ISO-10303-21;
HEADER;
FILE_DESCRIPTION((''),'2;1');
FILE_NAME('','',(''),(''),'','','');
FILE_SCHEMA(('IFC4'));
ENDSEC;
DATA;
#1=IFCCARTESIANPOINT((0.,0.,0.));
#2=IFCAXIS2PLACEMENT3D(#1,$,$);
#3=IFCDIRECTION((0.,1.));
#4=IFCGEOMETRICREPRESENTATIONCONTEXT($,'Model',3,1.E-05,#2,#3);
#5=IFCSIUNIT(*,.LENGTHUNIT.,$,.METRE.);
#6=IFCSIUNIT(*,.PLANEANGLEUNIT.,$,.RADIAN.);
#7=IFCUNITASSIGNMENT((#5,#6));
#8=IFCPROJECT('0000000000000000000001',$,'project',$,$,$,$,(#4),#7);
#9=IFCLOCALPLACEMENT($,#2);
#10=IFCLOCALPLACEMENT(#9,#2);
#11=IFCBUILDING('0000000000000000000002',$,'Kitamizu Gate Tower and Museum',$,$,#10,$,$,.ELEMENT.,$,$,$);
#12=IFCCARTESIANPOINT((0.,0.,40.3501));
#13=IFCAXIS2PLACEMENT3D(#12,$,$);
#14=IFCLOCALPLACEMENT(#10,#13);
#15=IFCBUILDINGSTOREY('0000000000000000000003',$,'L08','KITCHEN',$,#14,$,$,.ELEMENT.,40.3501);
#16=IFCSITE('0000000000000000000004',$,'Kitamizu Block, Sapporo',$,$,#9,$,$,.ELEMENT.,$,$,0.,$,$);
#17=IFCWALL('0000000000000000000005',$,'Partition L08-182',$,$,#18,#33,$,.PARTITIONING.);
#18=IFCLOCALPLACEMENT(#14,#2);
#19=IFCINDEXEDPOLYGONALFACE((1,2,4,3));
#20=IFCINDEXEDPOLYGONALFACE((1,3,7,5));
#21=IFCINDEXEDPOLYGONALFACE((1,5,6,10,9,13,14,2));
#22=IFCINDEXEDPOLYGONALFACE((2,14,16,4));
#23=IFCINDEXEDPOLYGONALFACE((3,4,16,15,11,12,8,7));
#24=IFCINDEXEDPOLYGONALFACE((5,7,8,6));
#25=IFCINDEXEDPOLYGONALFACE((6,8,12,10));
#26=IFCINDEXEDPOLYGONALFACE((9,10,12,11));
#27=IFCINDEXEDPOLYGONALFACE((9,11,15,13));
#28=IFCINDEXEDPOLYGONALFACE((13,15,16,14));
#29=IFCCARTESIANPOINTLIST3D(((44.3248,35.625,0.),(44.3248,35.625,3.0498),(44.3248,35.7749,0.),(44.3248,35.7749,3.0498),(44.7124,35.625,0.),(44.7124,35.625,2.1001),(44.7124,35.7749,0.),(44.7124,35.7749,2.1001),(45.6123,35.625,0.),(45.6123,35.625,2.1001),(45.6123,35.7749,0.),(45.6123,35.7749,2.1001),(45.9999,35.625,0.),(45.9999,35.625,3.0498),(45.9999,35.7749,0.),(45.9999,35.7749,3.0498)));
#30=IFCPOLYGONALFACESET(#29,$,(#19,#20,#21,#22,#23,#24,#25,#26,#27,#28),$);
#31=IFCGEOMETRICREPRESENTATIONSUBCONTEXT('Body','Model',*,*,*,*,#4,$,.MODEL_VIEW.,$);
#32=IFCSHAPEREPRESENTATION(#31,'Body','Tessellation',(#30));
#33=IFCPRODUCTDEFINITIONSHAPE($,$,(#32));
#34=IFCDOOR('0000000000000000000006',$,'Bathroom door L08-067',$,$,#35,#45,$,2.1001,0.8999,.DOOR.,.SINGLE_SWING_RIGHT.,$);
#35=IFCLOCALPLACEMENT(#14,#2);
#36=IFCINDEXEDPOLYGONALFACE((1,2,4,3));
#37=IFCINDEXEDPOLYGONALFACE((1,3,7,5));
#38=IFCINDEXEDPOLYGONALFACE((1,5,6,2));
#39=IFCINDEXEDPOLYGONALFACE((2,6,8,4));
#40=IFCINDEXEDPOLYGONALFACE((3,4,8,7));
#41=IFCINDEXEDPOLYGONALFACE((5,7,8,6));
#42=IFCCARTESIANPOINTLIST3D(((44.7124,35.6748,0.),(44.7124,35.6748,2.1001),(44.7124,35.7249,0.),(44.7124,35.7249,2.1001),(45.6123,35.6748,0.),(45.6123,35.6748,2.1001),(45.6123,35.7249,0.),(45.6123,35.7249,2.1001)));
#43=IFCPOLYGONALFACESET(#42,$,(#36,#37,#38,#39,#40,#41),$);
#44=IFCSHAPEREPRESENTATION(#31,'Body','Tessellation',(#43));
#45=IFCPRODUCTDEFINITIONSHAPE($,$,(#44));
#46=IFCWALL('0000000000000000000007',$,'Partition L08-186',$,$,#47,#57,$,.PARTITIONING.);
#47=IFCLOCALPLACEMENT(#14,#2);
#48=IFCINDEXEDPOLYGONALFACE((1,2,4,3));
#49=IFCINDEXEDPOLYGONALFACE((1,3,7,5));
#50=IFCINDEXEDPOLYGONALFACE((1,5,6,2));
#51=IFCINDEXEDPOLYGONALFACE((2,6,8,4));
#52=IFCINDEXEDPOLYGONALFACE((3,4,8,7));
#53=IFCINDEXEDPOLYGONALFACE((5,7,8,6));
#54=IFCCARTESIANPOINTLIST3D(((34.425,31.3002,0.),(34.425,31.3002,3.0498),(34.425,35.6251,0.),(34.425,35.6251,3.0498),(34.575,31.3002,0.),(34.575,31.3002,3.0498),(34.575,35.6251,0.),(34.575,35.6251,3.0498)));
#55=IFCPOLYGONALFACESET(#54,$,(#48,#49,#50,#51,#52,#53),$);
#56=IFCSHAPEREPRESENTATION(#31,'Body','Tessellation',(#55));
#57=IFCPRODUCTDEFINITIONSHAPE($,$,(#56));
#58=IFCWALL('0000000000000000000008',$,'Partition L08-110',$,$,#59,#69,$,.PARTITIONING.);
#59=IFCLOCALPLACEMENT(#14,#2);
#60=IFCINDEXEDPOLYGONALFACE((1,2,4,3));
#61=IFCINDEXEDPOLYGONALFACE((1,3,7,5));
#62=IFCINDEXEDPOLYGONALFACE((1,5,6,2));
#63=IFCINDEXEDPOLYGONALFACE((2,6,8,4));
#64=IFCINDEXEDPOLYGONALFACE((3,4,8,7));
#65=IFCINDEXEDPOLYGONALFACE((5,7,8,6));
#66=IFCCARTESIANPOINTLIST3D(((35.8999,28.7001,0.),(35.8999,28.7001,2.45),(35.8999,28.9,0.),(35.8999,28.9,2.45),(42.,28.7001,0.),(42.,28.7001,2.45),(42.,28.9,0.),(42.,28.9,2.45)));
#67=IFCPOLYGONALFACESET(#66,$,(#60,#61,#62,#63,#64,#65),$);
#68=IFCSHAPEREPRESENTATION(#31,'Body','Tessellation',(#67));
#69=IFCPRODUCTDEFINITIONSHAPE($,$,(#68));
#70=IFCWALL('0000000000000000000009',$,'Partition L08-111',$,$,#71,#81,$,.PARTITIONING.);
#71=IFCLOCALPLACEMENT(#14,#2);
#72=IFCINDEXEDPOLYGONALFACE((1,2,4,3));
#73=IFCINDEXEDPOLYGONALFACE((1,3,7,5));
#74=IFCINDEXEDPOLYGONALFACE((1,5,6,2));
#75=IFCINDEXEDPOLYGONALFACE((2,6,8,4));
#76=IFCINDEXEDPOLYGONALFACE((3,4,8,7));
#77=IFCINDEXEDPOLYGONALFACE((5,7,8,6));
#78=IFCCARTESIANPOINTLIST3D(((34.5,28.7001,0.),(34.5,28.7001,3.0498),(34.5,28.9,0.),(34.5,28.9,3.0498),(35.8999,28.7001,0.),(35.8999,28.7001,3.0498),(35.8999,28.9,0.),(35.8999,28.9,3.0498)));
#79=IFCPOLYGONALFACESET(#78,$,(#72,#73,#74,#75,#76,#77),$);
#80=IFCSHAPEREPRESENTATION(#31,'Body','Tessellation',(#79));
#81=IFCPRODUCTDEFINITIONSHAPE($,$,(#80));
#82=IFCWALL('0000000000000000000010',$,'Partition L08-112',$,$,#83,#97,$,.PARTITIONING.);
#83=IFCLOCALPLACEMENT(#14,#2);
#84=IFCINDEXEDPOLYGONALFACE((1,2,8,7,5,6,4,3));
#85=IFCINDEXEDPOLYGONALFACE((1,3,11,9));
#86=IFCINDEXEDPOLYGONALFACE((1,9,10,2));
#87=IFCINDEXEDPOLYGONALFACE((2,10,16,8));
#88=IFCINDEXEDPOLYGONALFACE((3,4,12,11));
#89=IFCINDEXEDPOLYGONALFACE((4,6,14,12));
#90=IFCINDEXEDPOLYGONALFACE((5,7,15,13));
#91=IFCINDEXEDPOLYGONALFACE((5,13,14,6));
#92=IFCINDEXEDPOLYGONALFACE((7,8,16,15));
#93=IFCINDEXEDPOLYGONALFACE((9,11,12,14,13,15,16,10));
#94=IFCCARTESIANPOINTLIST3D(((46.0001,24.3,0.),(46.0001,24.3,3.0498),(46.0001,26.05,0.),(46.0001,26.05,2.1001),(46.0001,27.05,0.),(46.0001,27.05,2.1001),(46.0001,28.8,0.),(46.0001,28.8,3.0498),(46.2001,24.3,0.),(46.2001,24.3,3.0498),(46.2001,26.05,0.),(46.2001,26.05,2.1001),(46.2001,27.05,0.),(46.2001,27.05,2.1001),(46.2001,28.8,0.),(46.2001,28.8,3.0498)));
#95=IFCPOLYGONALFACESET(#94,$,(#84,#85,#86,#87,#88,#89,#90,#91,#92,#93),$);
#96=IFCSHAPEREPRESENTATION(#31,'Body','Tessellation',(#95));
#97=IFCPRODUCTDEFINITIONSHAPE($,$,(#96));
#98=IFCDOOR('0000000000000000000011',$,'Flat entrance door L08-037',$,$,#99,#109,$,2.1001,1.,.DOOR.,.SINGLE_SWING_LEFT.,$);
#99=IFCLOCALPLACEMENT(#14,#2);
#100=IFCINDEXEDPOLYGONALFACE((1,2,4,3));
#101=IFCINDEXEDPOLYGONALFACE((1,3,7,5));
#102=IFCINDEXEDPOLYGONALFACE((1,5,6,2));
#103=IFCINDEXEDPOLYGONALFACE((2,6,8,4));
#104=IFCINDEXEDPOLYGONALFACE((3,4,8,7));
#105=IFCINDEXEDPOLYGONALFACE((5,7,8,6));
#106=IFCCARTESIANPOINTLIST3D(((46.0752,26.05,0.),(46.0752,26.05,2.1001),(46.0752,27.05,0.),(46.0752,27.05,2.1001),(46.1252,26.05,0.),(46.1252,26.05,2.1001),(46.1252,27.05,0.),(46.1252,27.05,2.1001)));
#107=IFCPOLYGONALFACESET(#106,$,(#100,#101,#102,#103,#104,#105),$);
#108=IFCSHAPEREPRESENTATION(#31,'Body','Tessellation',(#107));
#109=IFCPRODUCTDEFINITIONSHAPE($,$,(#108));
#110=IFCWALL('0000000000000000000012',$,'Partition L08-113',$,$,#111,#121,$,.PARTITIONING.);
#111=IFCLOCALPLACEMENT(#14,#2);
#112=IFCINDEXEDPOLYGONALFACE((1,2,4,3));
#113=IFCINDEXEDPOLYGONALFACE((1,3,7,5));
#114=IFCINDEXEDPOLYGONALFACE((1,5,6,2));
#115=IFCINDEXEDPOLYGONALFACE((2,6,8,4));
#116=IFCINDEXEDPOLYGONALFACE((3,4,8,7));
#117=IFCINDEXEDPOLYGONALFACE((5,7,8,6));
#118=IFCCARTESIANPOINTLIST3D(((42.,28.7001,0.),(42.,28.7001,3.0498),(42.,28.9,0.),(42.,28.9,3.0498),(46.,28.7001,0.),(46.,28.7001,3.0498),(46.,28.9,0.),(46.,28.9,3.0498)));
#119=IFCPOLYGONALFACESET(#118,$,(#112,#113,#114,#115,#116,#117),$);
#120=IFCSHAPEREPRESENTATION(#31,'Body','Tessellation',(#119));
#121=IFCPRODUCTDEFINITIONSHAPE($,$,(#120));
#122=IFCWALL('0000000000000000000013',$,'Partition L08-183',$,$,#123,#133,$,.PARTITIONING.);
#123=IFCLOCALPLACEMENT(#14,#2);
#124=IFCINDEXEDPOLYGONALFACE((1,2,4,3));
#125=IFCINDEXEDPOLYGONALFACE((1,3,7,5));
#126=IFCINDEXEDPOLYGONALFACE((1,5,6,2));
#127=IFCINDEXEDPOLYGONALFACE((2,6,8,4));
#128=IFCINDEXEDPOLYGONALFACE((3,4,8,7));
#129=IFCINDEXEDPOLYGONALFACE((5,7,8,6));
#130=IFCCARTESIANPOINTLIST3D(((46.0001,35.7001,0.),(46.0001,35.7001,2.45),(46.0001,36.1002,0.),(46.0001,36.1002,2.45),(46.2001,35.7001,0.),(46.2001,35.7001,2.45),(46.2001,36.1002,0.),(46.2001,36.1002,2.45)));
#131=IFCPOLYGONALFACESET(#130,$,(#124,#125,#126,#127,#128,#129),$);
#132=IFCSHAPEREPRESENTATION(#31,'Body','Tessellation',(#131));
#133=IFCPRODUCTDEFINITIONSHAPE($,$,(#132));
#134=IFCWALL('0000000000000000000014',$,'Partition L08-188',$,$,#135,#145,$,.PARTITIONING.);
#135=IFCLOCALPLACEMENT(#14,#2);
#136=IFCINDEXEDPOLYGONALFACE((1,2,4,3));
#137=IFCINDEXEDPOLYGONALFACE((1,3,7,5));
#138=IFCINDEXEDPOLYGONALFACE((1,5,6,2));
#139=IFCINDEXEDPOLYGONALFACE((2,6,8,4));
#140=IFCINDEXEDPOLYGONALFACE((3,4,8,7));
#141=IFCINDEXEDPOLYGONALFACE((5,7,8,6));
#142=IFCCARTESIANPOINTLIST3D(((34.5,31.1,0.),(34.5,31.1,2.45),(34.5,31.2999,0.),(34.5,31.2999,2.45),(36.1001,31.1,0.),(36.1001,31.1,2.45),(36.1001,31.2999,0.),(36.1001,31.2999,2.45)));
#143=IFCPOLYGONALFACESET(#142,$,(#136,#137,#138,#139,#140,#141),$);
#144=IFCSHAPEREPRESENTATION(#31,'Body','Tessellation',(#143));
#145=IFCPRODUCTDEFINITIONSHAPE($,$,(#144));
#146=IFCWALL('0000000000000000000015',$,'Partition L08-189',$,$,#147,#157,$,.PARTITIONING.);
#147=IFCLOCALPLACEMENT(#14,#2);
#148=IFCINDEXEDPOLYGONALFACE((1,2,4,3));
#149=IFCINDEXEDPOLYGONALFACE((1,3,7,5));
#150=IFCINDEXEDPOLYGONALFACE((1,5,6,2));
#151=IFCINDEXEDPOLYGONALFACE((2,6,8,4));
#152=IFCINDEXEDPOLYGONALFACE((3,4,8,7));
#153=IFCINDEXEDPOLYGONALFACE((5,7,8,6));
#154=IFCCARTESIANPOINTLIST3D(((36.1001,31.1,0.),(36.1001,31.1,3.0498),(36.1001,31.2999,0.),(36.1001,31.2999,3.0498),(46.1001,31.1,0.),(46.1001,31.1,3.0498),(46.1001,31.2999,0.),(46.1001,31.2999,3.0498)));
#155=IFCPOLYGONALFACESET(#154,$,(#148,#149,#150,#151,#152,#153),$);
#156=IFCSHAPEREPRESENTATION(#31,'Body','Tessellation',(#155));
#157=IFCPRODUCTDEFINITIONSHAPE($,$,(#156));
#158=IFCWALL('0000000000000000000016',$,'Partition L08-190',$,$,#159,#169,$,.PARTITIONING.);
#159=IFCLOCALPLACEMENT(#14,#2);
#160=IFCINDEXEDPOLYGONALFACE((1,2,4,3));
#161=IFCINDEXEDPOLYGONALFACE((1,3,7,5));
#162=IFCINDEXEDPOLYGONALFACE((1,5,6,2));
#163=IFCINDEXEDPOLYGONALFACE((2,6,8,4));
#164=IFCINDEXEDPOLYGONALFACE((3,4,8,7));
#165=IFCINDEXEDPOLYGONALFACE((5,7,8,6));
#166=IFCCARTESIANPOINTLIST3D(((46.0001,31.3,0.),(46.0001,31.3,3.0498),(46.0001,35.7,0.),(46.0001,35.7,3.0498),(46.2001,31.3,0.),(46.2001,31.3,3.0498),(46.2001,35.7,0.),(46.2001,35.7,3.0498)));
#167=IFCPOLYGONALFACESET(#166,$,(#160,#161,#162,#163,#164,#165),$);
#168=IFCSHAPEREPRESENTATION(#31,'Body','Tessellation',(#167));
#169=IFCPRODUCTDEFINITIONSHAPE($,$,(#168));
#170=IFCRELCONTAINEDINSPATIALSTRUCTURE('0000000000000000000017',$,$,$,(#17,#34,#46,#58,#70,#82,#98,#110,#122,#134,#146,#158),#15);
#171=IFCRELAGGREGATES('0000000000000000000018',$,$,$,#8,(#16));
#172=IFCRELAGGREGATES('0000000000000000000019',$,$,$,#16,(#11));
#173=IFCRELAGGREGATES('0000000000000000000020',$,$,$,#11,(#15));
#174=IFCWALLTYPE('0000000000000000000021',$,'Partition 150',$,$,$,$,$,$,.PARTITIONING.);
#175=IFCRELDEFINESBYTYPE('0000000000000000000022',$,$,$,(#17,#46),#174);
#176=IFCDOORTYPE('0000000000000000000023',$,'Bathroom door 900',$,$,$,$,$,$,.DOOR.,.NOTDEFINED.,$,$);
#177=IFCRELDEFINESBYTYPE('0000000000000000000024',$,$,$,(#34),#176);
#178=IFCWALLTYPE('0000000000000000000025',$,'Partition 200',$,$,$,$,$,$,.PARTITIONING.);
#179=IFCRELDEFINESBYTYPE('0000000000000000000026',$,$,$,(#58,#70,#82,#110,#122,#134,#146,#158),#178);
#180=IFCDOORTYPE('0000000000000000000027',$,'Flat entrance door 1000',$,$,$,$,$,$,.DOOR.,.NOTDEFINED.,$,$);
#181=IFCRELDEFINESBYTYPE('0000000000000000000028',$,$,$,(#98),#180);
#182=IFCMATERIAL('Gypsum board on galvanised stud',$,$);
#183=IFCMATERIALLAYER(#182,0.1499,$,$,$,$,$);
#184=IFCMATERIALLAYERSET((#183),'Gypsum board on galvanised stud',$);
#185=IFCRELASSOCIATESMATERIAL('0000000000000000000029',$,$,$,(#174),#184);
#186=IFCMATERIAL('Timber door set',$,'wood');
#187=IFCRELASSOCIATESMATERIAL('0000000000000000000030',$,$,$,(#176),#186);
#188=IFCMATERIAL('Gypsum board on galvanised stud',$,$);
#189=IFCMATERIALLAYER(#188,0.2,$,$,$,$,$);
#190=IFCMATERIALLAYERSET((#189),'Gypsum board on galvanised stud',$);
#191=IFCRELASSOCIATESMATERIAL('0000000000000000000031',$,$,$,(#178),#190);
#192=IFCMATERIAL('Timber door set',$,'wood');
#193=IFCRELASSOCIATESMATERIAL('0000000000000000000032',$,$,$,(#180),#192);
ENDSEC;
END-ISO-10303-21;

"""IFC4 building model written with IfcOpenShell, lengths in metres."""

from ifc_helpers import new_model, si_unit, direction, frame, frame_2d, origin, place, context, subcontext, project, spatial, rectangle, extrude, material, layer, layer_set, type_object, element, fill, save


model = new_model("IFC4")

# Units and contexts
model_context = context("Model", 3, precision=1e-05, world=origin(), true_north=direction((0.0, 1.0)))
body_context = subcontext(model_context, "Body", "Model", "MODEL_VIEW")
ifc_project = project(units=[si_unit("LENGTHUNIT", "METRE"), si_unit("PLANEANGLEUNIT", "RADIAN")], contexts=[model_context])

# Site, building, storey
site_placement = place(None, origin())
site = spatial("IfcSite", under=ifc_project, at=site_placement, Name="Kitamizu Block, Sapporo", CompositionType="ELEMENT", RefElevation=0.0)
building_placement = place(site_placement, origin())
building = spatial("IfcBuilding", under=site, at=building_placement, Name="Kitamizu Gate Tower and Museum", CompositionType="ELEMENT")
storey_placement = place(building_placement, frame((0.0, 0.0, 40.3501)))
storey = spatial("IfcBuildingStorey", under=building, at=storey_placement, Name="L08", Description="KITCHEN", CompositionType="ELEMENT", Elevation=40.3501)

# Shared definitions
ifc_material_1 = material(Name="Gypsum board on galvanised stud")
ifc_layer_1 = layer(ifc_material_1, 0.1499)
ifc_layer_set_1 = layer_set([ifc_layer_1], Name="Gypsum board on galvanised stud")
wall_type_1 = type_object("IfcWallType", Name="Partition 150", PredefinedType="PARTITIONING", material=ifc_layer_set_1)

# Wall, opening, door
wall_1_placement = place(storey_placement, frame((44.325, 35.7, 0.0), z_axis=(0.0, 0.0, 1.0), x_axis=(1.0, 0.0, 0.0)))
wall_1 = element("IfcWall", 1, at=wall_1_placement, inside=storey, type_object=wall_type_1, Name="Partition L08-182", PredefinedType="PARTITIONING", context=body_context, shape_type="SweptSolid", body=[
    extrude(rectangle(XDim=1.675, YDim=0.1499, at=frame_2d((0.8374, 0.0))), origin(), (0.0, 0.0, 1.0), 3.0498),
])
opening_1_placement = place(wall_1_placement, frame((0.3875, 0.0, 0.0)))
opening_1 = element("IfcOpeningElement", 2, at=opening_1_placement, cuts=wall_1, PredefinedType="OPENING", context=body_context, shape_type="SweptSolid", body=[
    extrude(rectangle(XDim=0.8999, YDim=2.1001, at=frame_2d((0.45, 1.05))), frame((0.0, 0.085, 0.0), z_axis=(0.0, -1.0, 0.0), x_axis=(1.0, 0.0, 0.0)), (0.0, 0.0, 1.0), 0.1699),
])
ifc_material_2 = material(Name="Timber door set", Category="wood")
door_type_1 = type_object("IfcDoorType", Name="Bathroom door 900", OperationType="NOTDEFINED", PredefinedType="DOOR", material=ifc_material_2)
door_1_placement = place(opening_1_placement, origin())
door_1 = element("IfcDoor", 3, at=door_1_placement, inside=storey, type_object=door_type_1, Name="Bathroom door L08-067", OperationType="SINGLE_SWING_RIGHT", OverallHeight=2.1001, OverallWidth=0.8999, PredefinedType="DOOR", context=body_context, shape_type="SweptSolid", body=[
    extrude(rectangle(XDim=0.8999, YDim=2.1001, at=frame_2d((0.45, 1.05))), frame((0.0, 0.0249, 0.0), z_axis=(0.0, -1.0, 0.0), x_axis=(1.0, 0.0, 0.0)), (0.0, 0.0, 1.0), 0.05),
])
fill(opening_1, door_1)

# Walls
wall_2_placement = place(storey_placement, frame((34.5, 31.3, 0.0), z_axis=(0.0, 0.0, 1.0), x_axis=(0.0, 1.0, 0.0)))
element("IfcWall", 4, at=wall_2_placement, inside=storey, type_object=wall_type_1, Name="Partition L08-186", PredefinedType="PARTITIONING", context=body_context, shape_type="SweptSolid", body=[
    extrude(rectangle(XDim=4.325, YDim=0.1499, at=frame_2d((2.1626, 0.0))), origin(), (0.0, 0.0, 1.0), 3.0498),
])
ifc_material_3 = material(Name="Gypsum board on galvanised stud")
ifc_layer_2 = layer(ifc_material_3, 0.2)
ifc_layer_set_2 = layer_set([ifc_layer_2], Name="Gypsum board on galvanised stud")
wall_type_2 = type_object("IfcWallType", Name="Partition 200", PredefinedType="PARTITIONING", material=ifc_layer_set_2)
wall_3_placement = place(storey_placement, frame((42.0, 28.8, 0.0), z_axis=(0.0, 0.0, 1.0), x_axis=(-1.0, 0.0, 0.0)))
element("IfcWall", 5, at=wall_3_placement, inside=storey, type_object=wall_type_2, Name="Partition L08-110", PredefinedType="PARTITIONING", context=body_context, shape_type="SweptSolid", body=[
    extrude(rectangle(XDim=6.1001, YDim=0.2, at=frame_2d((3.05, 0.0))), origin(), (0.0, 0.0, 1.0), 2.45),
])
wall_4_placement = place(storey_placement, frame((35.8999, 28.8, 0.0), z_axis=(0.0, 0.0, 1.0), x_axis=(-1.0, 0.0, 0.0)))
element("IfcWall", 6, at=wall_4_placement, inside=storey, type_object=wall_type_2, Name="Partition L08-111", PredefinedType="PARTITIONING", context=body_context, shape_type="SweptSolid", body=[
    extrude(rectangle(XDim=1.3999, YDim=0.2, at=frame_2d((0.7, 0.0))), origin(), (0.0, 0.0, 1.0), 3.0498),
])

# Wall, opening, door
wall_5_placement = place(storey_placement, frame((46.1001, 24.3, 0.0), z_axis=(0.0, 0.0, 1.0), x_axis=(0.0, 1.0, 0.0)))
wall_5 = element("IfcWall", 7, at=wall_5_placement, inside=storey, type_object=wall_type_2, Name="Partition L08-112", PredefinedType="PARTITIONING", context=body_context, shape_type="SweptSolid", body=[
    extrude(rectangle(XDim=4.5, YDim=0.2, at=frame_2d((2.25, 0.0))), origin(), (0.0, 0.0, 1.0), 3.0498),
])
opening_2_placement = place(wall_5_placement, frame((1.75, 0.0, 0.0)))
opening_2 = element("IfcOpeningElement", 8, at=opening_2_placement, cuts=wall_5, PredefinedType="OPENING", context=body_context, shape_type="SweptSolid", body=[
    extrude(rectangle(XDim=1.0, YDim=2.1001, at=frame_2d((0.5, 1.05))), frame((0.0, 0.1099, 0.0), z_axis=(0.0, -1.0, 0.0), x_axis=(1.0, 0.0, 0.0)), (0.0, 0.0, 1.0), 0.22),
])
ifc_material_4 = material(Name="Timber door set", Category="wood")
door_type_2 = type_object("IfcDoorType", Name="Flat entrance door 1000", OperationType="NOTDEFINED", PredefinedType="DOOR", material=ifc_material_4)
door_2_placement = place(opening_2_placement, origin())
door_2 = element("IfcDoor", 9, at=door_2_placement, inside=storey, type_object=door_type_2, Name="Flat entrance door L08-037", OperationType="SINGLE_SWING_LEFT", OverallHeight=2.1001, OverallWidth=1.0, PredefinedType="DOOR", context=body_context, shape_type="SweptSolid", body=[
    extrude(rectangle(XDim=1.0, YDim=2.1001, at=frame_2d((0.5, 1.05))), frame((0.0, 0.0249, 0.0), z_axis=(0.0, -1.0, 0.0), x_axis=(1.0, 0.0, 0.0)), (0.0, 0.0, 1.0), 0.05),
])
fill(opening_2, door_2)

# Walls
wall_6_placement = place(storey_placement, frame((46.0, 28.8, 0.0), z_axis=(0.0, 0.0, 1.0), x_axis=(-1.0, 0.0, 0.0)))
element("IfcWall", 10, at=wall_6_placement, inside=storey, type_object=wall_type_2, Name="Partition L08-113", PredefinedType="PARTITIONING", context=body_context, shape_type="SweptSolid", body=[
    extrude(rectangle(XDim=4.0, YDim=0.2, at=frame_2d((2.0, 0.0))), origin(), (0.0, 0.0, 1.0), 3.0498),
])
wall_7_placement = place(storey_placement, frame((46.1001, 35.7, 0.0), z_axis=(0.0, 0.0, 1.0), x_axis=(0.0, 1.0, 0.0)))
element("IfcWall", 11, at=wall_7_placement, inside=storey, type_object=wall_type_2, Name="Partition L08-183", PredefinedType="PARTITIONING", context=body_context, shape_type="SweptSolid", body=[
    extrude(rectangle(XDim=0.4001, YDim=0.2, at=frame_2d((0.2002, 0.0))), origin(), (0.0, 0.0, 1.0), 2.45),
])
wall_8_placement = place(storey_placement, frame((34.5, 31.2, 0.0), z_axis=(0.0, 0.0, 1.0), x_axis=(1.0, 0.0, 0.0)))
element("IfcWall", 12, at=wall_8_placement, inside=storey, type_object=wall_type_2, Name="Partition L08-188", PredefinedType="PARTITIONING", context=body_context, shape_type="SweptSolid", body=[
    extrude(rectangle(XDim=1.6001, YDim=0.2, at=frame_2d((0.8, 0.0))), origin(), (0.0, 0.0, 1.0), 2.45),
])
wall_9_placement = place(storey_placement, frame((36.1001, 31.2, 0.0), z_axis=(0.0, 0.0, 1.0), x_axis=(1.0, 0.0, 0.0)))
element("IfcWall", 13, at=wall_9_placement, inside=storey, type_object=wall_type_2, Name="Partition L08-189", PredefinedType="PARTITIONING", context=body_context, shape_type="SweptSolid", body=[
    extrude(rectangle(XDim=10.0, YDim=0.2, at=frame_2d((5.0, 0.0))), origin(), (0.0, 0.0, 1.0), 3.0498),
])
wall_10_placement = place(storey_placement, frame((46.1001, 31.3, 0.0), z_axis=(0.0, 0.0, 1.0), x_axis=(0.0, 1.0, 0.0)))
element("IfcWall", 14, at=wall_10_placement, inside=storey, type_object=wall_type_2, Name="Partition L08-190", PredefinedType="PARTITIONING", context=body_context, shape_type="SweptSolid", body=[
    extrude(rectangle(XDim=4.3999, YDim=0.2, at=frame_2d((2.2, 0.0))), origin(), (0.0, 0.0, 1.0), 3.0498),
])

save(model, "model.ifc")
